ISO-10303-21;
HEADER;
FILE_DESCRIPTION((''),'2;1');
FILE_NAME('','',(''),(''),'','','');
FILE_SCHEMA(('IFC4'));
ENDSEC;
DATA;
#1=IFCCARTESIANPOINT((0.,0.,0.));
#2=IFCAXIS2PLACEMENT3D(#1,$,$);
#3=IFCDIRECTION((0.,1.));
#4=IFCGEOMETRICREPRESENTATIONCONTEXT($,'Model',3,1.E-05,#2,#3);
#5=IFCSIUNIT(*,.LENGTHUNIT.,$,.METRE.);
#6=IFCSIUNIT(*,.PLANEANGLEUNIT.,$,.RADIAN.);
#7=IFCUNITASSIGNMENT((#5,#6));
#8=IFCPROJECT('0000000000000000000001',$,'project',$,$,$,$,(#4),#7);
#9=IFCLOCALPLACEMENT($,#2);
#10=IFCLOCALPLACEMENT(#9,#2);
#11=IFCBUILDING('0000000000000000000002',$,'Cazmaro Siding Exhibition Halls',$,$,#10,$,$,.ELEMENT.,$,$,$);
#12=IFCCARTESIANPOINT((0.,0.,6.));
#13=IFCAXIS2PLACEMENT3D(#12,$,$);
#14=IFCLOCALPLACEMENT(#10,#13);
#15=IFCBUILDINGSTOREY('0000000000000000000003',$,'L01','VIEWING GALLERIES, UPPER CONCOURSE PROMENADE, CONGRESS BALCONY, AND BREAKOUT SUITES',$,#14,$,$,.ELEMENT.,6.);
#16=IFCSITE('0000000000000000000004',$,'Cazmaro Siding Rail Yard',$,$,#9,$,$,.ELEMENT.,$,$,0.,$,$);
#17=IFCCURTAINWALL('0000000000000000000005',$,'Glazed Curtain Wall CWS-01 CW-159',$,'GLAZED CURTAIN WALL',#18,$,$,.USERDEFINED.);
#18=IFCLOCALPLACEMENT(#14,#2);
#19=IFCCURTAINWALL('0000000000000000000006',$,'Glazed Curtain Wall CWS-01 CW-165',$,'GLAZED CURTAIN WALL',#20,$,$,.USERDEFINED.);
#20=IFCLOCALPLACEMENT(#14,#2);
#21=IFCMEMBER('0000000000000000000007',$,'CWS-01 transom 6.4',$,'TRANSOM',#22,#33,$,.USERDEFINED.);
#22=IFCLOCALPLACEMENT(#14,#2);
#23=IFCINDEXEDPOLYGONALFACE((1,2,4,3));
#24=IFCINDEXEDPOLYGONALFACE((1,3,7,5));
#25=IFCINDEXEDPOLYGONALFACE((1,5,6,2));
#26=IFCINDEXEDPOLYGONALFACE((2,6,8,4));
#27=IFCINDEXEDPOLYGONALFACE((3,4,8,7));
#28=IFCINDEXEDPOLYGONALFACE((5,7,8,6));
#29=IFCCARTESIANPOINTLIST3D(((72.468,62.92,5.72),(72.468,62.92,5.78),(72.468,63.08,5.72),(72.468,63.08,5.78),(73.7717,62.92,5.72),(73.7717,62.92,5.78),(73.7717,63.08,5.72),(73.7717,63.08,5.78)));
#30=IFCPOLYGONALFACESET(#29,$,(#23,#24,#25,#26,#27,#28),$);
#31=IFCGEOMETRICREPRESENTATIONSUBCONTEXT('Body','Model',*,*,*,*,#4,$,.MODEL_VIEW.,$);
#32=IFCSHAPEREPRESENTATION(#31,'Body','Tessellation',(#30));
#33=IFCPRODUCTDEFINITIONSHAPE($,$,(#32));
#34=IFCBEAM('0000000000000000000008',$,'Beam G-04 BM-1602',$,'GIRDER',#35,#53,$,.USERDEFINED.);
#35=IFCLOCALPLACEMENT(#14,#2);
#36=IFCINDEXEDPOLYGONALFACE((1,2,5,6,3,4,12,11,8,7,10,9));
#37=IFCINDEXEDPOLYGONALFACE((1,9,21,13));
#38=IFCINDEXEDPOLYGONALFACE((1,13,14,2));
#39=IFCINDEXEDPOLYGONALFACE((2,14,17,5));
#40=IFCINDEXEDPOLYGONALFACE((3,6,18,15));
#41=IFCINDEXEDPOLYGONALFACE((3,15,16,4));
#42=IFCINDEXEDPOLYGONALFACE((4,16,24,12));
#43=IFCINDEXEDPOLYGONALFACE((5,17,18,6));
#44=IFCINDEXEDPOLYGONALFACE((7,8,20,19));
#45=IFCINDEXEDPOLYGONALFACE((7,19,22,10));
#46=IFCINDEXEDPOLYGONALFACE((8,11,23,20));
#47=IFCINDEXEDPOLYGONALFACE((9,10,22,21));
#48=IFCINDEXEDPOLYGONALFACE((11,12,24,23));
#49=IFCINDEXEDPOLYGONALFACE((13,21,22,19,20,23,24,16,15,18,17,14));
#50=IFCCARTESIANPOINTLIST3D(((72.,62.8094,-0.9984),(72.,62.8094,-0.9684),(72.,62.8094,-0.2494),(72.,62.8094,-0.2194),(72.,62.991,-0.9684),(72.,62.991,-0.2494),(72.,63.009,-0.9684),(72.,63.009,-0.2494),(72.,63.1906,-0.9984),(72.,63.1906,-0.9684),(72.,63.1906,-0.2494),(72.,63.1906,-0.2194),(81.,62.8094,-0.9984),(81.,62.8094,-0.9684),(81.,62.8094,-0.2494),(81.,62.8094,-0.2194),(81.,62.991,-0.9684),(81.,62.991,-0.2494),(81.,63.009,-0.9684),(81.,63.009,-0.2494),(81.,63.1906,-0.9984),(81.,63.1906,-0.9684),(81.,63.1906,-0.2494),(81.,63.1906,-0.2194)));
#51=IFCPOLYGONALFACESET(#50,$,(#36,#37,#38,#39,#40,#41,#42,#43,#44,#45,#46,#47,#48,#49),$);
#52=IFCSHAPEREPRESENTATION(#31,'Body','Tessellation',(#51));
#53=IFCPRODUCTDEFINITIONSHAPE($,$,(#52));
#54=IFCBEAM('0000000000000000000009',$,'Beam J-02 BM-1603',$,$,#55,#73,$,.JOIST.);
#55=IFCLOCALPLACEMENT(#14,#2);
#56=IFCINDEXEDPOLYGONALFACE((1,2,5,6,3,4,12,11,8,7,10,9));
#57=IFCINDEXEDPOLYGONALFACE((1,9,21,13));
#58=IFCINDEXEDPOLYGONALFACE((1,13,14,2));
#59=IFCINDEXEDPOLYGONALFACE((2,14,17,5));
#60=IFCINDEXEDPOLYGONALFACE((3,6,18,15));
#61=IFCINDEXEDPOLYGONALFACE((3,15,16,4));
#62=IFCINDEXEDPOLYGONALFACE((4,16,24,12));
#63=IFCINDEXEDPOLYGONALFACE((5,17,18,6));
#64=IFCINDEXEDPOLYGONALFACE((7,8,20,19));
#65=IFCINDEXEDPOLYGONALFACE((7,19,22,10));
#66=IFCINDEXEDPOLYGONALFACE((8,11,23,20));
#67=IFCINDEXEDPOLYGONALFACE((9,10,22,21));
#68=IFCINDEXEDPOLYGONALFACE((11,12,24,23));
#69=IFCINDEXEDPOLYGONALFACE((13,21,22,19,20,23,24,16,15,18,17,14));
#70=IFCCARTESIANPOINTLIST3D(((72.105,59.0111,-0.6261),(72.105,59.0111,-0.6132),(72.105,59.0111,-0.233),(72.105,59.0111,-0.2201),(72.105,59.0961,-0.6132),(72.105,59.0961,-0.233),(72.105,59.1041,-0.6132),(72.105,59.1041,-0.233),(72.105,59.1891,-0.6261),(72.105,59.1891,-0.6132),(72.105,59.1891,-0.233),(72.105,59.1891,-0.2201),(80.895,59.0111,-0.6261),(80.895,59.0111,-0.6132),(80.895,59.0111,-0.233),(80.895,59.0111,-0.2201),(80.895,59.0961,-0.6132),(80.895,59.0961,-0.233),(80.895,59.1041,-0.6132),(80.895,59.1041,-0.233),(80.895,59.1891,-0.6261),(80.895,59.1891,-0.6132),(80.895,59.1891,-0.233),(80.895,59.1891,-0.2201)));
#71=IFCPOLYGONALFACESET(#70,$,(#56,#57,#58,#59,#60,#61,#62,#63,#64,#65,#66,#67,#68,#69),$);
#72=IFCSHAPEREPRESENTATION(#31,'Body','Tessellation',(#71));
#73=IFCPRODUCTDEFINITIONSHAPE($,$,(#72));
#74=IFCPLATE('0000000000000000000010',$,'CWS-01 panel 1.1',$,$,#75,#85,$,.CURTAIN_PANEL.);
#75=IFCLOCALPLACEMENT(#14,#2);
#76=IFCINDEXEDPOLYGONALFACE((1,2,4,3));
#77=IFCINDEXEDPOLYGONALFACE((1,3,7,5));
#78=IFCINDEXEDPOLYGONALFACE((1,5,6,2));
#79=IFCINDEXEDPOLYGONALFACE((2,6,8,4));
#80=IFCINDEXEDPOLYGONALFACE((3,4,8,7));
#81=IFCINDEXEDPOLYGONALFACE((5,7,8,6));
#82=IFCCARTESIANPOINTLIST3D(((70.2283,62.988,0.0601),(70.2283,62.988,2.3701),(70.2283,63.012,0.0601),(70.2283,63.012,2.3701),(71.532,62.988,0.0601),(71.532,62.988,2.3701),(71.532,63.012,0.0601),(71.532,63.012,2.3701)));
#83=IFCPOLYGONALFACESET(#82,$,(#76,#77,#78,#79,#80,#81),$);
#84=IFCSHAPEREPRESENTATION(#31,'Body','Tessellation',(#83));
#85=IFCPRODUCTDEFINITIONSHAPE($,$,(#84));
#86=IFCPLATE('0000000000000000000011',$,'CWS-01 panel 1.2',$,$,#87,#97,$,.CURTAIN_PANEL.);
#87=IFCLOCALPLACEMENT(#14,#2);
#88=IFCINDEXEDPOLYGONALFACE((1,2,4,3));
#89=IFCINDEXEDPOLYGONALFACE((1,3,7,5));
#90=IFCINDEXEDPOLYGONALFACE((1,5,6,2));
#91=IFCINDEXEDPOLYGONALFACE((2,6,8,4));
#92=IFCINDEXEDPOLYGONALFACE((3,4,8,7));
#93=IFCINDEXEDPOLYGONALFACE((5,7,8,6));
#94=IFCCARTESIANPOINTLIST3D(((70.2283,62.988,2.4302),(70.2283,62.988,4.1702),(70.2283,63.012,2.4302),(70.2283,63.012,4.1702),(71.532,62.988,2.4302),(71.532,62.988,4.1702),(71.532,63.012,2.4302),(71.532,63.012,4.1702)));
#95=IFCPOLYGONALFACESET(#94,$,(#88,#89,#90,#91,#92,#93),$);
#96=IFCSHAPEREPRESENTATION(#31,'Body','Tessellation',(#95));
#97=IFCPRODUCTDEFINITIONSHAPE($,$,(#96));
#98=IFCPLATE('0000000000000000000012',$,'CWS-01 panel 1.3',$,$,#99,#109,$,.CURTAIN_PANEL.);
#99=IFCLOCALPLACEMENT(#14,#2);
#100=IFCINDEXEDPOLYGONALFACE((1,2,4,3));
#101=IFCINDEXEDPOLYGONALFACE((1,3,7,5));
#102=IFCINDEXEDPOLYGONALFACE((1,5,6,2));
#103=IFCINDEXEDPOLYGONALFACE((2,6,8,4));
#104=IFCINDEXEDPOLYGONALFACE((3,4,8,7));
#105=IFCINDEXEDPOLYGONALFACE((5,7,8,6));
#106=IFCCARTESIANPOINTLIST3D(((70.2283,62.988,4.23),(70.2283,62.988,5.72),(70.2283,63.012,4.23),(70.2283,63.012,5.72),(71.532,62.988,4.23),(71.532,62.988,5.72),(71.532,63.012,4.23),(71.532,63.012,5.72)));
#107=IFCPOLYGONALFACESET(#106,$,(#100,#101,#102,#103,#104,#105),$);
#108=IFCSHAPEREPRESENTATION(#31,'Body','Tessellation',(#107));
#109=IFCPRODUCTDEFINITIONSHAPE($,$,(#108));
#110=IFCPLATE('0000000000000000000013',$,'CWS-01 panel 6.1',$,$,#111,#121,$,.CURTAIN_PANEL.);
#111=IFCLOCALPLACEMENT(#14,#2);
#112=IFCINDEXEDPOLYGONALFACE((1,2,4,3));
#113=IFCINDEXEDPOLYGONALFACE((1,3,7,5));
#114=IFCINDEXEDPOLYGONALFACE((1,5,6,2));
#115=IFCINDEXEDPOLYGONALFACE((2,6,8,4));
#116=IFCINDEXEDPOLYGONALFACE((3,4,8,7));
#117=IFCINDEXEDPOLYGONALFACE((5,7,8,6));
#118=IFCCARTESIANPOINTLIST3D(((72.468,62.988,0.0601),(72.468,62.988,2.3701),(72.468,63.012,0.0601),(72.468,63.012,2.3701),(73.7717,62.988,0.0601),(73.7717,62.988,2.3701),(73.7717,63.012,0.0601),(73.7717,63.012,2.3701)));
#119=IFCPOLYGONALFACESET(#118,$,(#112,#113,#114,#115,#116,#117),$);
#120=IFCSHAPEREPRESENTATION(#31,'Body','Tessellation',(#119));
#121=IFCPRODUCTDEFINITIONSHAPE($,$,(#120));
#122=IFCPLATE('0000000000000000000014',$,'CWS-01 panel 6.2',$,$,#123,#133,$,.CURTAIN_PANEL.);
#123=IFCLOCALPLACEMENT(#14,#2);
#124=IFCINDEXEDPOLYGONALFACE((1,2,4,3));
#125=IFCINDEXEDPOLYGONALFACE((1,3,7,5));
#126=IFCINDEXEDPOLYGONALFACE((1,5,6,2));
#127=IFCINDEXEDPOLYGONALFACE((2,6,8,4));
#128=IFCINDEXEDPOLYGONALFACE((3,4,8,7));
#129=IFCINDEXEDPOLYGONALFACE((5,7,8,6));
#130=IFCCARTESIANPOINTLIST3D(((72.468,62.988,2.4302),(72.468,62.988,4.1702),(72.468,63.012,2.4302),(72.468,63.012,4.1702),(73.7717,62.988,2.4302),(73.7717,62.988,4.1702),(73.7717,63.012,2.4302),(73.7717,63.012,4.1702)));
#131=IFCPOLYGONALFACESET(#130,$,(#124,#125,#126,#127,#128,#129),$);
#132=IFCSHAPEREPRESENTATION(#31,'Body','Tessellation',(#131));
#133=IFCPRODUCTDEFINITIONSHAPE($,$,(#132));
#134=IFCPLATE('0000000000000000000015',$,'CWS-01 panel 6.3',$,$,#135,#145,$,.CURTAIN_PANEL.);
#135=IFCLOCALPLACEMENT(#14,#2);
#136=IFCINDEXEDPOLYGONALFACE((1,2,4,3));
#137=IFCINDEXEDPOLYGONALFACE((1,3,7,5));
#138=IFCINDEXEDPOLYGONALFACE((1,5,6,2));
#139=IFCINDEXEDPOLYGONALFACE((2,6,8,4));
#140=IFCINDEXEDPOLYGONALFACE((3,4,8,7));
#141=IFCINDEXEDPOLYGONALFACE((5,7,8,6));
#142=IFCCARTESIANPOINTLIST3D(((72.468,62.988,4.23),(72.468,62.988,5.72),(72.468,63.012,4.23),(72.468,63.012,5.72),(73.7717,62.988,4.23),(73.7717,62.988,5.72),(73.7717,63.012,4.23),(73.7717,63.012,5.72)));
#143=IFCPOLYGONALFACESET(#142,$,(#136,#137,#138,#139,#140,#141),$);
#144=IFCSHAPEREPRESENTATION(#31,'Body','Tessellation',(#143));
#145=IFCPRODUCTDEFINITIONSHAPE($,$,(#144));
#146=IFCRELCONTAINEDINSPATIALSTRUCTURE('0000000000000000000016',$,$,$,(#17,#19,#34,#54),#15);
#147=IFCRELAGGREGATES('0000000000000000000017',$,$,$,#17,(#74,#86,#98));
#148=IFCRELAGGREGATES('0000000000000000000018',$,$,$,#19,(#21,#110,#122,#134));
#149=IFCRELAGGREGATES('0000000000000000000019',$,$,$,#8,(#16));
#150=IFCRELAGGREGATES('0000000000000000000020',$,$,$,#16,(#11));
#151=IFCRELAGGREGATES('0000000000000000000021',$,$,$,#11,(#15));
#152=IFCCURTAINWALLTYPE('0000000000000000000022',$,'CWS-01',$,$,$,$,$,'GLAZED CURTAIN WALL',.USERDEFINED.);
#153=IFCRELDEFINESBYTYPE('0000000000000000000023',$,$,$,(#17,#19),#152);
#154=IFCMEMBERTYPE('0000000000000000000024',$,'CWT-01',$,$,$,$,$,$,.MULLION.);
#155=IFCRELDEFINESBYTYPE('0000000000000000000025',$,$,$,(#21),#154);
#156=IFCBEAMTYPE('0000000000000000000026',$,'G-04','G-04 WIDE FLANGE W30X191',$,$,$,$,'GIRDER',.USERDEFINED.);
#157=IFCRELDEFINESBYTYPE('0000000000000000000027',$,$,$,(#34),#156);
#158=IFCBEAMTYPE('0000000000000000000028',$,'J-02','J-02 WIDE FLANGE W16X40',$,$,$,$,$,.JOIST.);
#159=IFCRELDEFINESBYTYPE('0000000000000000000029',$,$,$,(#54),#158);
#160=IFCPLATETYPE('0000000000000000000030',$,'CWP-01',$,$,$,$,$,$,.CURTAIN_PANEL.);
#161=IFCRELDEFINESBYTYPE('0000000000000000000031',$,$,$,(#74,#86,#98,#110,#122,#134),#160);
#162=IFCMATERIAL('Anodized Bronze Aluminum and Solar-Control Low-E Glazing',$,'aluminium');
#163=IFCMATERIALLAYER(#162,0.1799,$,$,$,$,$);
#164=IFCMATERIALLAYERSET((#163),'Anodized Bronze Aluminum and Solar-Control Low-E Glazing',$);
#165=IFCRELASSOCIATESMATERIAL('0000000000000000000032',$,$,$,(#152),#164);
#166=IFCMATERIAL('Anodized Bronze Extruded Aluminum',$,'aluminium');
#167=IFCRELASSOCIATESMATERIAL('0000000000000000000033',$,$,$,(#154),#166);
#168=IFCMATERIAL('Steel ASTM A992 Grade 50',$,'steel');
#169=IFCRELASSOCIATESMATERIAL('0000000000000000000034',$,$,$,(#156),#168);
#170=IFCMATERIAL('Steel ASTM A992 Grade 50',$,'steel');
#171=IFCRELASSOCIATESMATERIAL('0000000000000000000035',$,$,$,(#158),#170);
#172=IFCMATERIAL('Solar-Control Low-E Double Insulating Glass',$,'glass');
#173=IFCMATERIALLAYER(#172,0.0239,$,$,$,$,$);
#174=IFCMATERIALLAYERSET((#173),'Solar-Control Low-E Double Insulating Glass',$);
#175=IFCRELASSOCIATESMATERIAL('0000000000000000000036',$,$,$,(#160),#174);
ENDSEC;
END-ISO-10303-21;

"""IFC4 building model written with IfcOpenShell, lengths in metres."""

from ifc_helpers import new_model, si_unit, direction, frame, origin, origin_2d, place, context, subcontext, project, spatial, rectangle, i_section, extrude, material, layer, layer_set, material_profile, profile_set, type_object, element, aggregate, save


model = new_model("IFC4")

# Units and contexts
model_context = context("Model", 3, precision=1e-05, world=origin(), true_north=direction((0.0, 1.0)))
body_context = subcontext(model_context, "Body", "Model", "MODEL_VIEW")
ifc_project = project(units=[si_unit("LENGTHUNIT", "METRE"), si_unit("PLANEANGLEUNIT", "RADIAN")], contexts=[model_context])

# Site, building, storey
site_placement = place(None, origin())
site = spatial("IfcSite", under=ifc_project, at=site_placement, Name="Cazmaro Siding Rail Yard", CompositionType="ELEMENT", RefElevation=0.0)
building_placement = place(site_placement, origin())
building = spatial("IfcBuilding", under=site, at=building_placement, Name="Cazmaro Siding Exhibition Halls", CompositionType="ELEMENT")
storey_placement = place(building_placement, frame((0.0, 0.0, 6.0)))
storey = spatial("IfcBuildingStorey", under=building, at=storey_placement, Name="L01", Description="VIEWING GALLERIES, UPPER CONCOURSE PROMENADE, CONGRESS BALCONY, AND BREAKOUT SUITES", CompositionType="ELEMENT", Elevation=6.0)

# Curtain walls
ifc_material_1 = material(Name="Anodized Bronze Aluminum and Solar-Control Low-E Glazing", Category="aluminium")
ifc_layer_1 = layer(ifc_material_1, 0.1799)
ifc_layer_set_1 = layer_set([ifc_layer_1], Name="Anodized Bronze Aluminum and Solar-Control Low-E Glazing")
curtain_wall_type = type_object("IfcCurtainWallType", Name="CWS-01", ElementType="GLAZED CURTAIN WALL", PredefinedType="USERDEFINED", material=ifc_layer_set_1)
curtain_wall_1_placement = place(storey_placement, origin())
curtain_wall_1 = element("IfcCurtainWall", 1, at=curtain_wall_1_placement, inside=storey, type_object=curtain_wall_type, Name="Glazed Curtain Wall CWS-01 CW-159", ObjectType="GLAZED CURTAIN WALL", PredefinedType="USERDEFINED")
curtain_wall_2_placement = place(storey_placement, origin())
curtain_wall_2 = element("IfcCurtainWall", 2, at=curtain_wall_2_placement, inside=storey, type_object=curtain_wall_type, Name="Glazed Curtain Wall CWS-01 CW-165", ObjectType="GLAZED CURTAIN WALL", PredefinedType="USERDEFINED")

# Member
ifc_material_2 = material(Name="Anodized Bronze Extruded Aluminum", Category="aluminium")
ifc_material_profile_1 = material_profile(ifc_material_2, rectangle(XDim=0.1599, YDim=0.0601, at=origin_2d()), Name="CWT-01")
ifc_profile_set_1 = profile_set([ifc_material_profile_1], Name="Anodized Bronze Extruded Aluminum")
member_type_1 = type_object("IfcMemberType", Name="CWT-01", PredefinedType="MULLION", material=ifc_profile_set_1)
member_1_placement = place(storey_placement, frame((73.7717, 63.0, 5.75), z_axis=(-1.0, 0.0, 0.0), x_axis=(0.0, -1.0, 0.0)))
member_1 = element("IfcMember", 3, at=member_1_placement, type_object=member_type_1, Name="CWS-01 transom 6.4", ObjectType="TRANSOM", PredefinedType="USERDEFINED", context=body_context, shape_type="SweptSolid", body=[
    extrude(rectangle(XDim=0.1599, YDim=0.0601, at=origin_2d()), origin(), (0.0, 0.0, 1.0), 1.3037),
])

# Beams
ifc_material_3 = material(Name="Steel ASTM A992 Grade 50", Category="steel")
ifc_material_profile_2 = material_profile(ifc_material_3, i_section(OverallWidth=0.3811, OverallDepth=0.7791, WebThickness=0.0181, FlangeThickness=0.03, at=origin_2d()), Name="W30X191")
ifc_profile_set_2 = profile_set([ifc_material_profile_2], Name="Steel ASTM A992 Grade 50")
beam_type_1 = type_object("IfcBeamType", Name="G-04", Description="G-04 WIDE FLANGE W30X191", ElementType="GIRDER", PredefinedType="USERDEFINED", material=ifc_profile_set_2)
beam_1_placement = place(storey_placement, frame((72.0, 63.0, -0.6089), z_axis=(1.0, 0.0, 0.0), x_axis=(0.0, 1.0, 0.0)))
element("IfcBeam", 4, at=beam_1_placement, inside=storey, type_object=beam_type_1, Name="Beam G-04 BM-1602", ObjectType="GIRDER", PredefinedType="USERDEFINED", context=body_context, shape_type="SweptSolid", body=[
    extrude(i_section(OverallWidth=0.3811, OverallDepth=0.7791, WebThickness=0.0181, FlangeThickness=0.03, at=origin_2d()), origin(), (0.0, 0.0, 1.0), 9.0),
])
ifc_material_4 = material(Name="Steel ASTM A992 Grade 50", Category="steel")
ifc_material_profile_3 = material_profile(ifc_material_4, i_section(OverallWidth=0.178, OverallDepth=0.406, WebThickness=0.0081, FlangeThickness=0.0129, at=origin_2d()), Name="W16X40")
ifc_profile_set_3 = profile_set([ifc_material_profile_3], Name="Steel ASTM A992 Grade 50")
beam_type_2 = type_object("IfcBeamType", Name="J-02", Description="J-02 WIDE FLANGE W16X40", PredefinedType="JOIST", material=ifc_profile_set_3)
beam_2_placement = place(storey_placement, frame((72.105, 59.1001, -0.4231), z_axis=(1.0, 0.0, 0.0), x_axis=(0.0, 1.0, 0.0)))
element("IfcBeam", 5, at=beam_2_placement, inside=storey, type_object=beam_type_2, Name="Beam J-02 BM-1603", PredefinedType="JOIST", context=body_context, shape_type="SweptSolid", body=[
    extrude(i_section(OverallWidth=0.178, OverallDepth=0.406, WebThickness=0.0081, FlangeThickness=0.0129, at=origin_2d()), origin(), (0.0, 0.0, 1.0), 8.79),
])

# Plates
ifc_material_5 = material(Name="Solar-Control Low-E Double Insulating Glass", Category="glass")
ifc_layer_2 = layer(ifc_material_5, 0.0239)
ifc_layer_set_2 = layer_set([ifc_layer_2], Name="Solar-Control Low-E Double Insulating Glass")
plate_type = type_object("IfcPlateType", Name="CWP-01", PredefinedType="CURTAIN_PANEL", material=ifc_layer_set_2)
plate_1_placement = place(storey_placement, frame((70.8801, 63.0, 0.0601), z_axis=(0.0, 0.0, 1.0), x_axis=(-1.0, 0.0, 0.0)))
plate_1 = element("IfcPlate", 6, at=plate_1_placement, type_object=plate_type, Name="CWS-01 panel 1.1", PredefinedType="CURTAIN_PANEL", context=body_context, shape_type="SweptSolid", body=[
    extrude(rectangle(XDim=1.3037, YDim=0.0239, at=origin_2d()), origin(), (0.0, 0.0, 1.0), 2.3101),
])
plate_2_placement = place(storey_placement, frame((70.8801, 63.0, 2.4302), z_axis=(0.0, 0.0, 1.0), x_axis=(-1.0, 0.0, 0.0)))
plate_2 = element("IfcPlate", 7, at=plate_2_placement, type_object=plate_type, Name="CWS-01 panel 1.2", PredefinedType="CURTAIN_PANEL", context=body_context, shape_type="SweptSolid", body=[
    extrude(rectangle(XDim=1.3037, YDim=0.0239, at=origin_2d()), origin(), (0.0, 0.0, 1.0), 1.74),
])
plate_3_placement = place(storey_placement, frame((70.8801, 63.0, 4.23), z_axis=(0.0, 0.0, 1.0), x_axis=(-1.0, 0.0, 0.0)))
plate_3 = element("IfcPlate", 8, at=plate_3_placement, type_object=plate_type, Name="CWS-01 panel 1.3", PredefinedType="CURTAIN_PANEL", context=body_context, shape_type="SweptSolid", body=[
    extrude(rectangle(XDim=1.3037, YDim=0.0239, at=origin_2d()), origin(), (0.0, 0.0, 1.0), 1.49),
])
aggregate(curtain_wall_1, [plate_1, plate_2, plate_3])
plate_4_placement = place(storey_placement, frame((73.1199, 63.0, 0.0601), z_axis=(0.0, 0.0, 1.0), x_axis=(-1.0, 0.0, 0.0)))
plate_4 = element("IfcPlate", 9, at=plate_4_placement, type_object=plate_type, Name="CWS-01 panel 6.1", PredefinedType="CURTAIN_PANEL", context=body_context, shape_type="SweptSolid", body=[
    extrude(rectangle(XDim=1.3037, YDim=0.0239, at=origin_2d()), origin(), (0.0, 0.0, 1.0), 2.3101),
])
plate_5_placement = place(storey_placement, frame((73.1199, 63.0, 2.4302), z_axis=(0.0, 0.0, 1.0), x_axis=(-1.0, 0.0, 0.0)))
plate_5 = element("IfcPlate", 10, at=plate_5_placement, type_object=plate_type, Name="CWS-01 panel 6.2", PredefinedType="CURTAIN_PANEL", context=body_context, shape_type="SweptSolid", body=[
    extrude(rectangle(XDim=1.3037, YDim=0.0239, at=origin_2d()), origin(), (0.0, 0.0, 1.0), 1.74),
])
plate_6_placement = place(storey_placement, frame((73.1199, 63.0, 4.23), z_axis=(0.0, 0.0, 1.0), x_axis=(-1.0, 0.0, 0.0)))
plate_6 = element("IfcPlate", 11, at=plate_6_placement, type_object=plate_type, Name="CWS-01 panel 6.3", PredefinedType="CURTAIN_PANEL", context=body_context, shape_type="SweptSolid", body=[
    extrude(rectangle(XDim=1.3037, YDim=0.0239, at=origin_2d()), origin(), (0.0, 0.0, 1.0), 1.49),
])
aggregate(curtain_wall_2, [member_1, plate_4, plate_5, plate_6])

save(model, "model.ifc")
